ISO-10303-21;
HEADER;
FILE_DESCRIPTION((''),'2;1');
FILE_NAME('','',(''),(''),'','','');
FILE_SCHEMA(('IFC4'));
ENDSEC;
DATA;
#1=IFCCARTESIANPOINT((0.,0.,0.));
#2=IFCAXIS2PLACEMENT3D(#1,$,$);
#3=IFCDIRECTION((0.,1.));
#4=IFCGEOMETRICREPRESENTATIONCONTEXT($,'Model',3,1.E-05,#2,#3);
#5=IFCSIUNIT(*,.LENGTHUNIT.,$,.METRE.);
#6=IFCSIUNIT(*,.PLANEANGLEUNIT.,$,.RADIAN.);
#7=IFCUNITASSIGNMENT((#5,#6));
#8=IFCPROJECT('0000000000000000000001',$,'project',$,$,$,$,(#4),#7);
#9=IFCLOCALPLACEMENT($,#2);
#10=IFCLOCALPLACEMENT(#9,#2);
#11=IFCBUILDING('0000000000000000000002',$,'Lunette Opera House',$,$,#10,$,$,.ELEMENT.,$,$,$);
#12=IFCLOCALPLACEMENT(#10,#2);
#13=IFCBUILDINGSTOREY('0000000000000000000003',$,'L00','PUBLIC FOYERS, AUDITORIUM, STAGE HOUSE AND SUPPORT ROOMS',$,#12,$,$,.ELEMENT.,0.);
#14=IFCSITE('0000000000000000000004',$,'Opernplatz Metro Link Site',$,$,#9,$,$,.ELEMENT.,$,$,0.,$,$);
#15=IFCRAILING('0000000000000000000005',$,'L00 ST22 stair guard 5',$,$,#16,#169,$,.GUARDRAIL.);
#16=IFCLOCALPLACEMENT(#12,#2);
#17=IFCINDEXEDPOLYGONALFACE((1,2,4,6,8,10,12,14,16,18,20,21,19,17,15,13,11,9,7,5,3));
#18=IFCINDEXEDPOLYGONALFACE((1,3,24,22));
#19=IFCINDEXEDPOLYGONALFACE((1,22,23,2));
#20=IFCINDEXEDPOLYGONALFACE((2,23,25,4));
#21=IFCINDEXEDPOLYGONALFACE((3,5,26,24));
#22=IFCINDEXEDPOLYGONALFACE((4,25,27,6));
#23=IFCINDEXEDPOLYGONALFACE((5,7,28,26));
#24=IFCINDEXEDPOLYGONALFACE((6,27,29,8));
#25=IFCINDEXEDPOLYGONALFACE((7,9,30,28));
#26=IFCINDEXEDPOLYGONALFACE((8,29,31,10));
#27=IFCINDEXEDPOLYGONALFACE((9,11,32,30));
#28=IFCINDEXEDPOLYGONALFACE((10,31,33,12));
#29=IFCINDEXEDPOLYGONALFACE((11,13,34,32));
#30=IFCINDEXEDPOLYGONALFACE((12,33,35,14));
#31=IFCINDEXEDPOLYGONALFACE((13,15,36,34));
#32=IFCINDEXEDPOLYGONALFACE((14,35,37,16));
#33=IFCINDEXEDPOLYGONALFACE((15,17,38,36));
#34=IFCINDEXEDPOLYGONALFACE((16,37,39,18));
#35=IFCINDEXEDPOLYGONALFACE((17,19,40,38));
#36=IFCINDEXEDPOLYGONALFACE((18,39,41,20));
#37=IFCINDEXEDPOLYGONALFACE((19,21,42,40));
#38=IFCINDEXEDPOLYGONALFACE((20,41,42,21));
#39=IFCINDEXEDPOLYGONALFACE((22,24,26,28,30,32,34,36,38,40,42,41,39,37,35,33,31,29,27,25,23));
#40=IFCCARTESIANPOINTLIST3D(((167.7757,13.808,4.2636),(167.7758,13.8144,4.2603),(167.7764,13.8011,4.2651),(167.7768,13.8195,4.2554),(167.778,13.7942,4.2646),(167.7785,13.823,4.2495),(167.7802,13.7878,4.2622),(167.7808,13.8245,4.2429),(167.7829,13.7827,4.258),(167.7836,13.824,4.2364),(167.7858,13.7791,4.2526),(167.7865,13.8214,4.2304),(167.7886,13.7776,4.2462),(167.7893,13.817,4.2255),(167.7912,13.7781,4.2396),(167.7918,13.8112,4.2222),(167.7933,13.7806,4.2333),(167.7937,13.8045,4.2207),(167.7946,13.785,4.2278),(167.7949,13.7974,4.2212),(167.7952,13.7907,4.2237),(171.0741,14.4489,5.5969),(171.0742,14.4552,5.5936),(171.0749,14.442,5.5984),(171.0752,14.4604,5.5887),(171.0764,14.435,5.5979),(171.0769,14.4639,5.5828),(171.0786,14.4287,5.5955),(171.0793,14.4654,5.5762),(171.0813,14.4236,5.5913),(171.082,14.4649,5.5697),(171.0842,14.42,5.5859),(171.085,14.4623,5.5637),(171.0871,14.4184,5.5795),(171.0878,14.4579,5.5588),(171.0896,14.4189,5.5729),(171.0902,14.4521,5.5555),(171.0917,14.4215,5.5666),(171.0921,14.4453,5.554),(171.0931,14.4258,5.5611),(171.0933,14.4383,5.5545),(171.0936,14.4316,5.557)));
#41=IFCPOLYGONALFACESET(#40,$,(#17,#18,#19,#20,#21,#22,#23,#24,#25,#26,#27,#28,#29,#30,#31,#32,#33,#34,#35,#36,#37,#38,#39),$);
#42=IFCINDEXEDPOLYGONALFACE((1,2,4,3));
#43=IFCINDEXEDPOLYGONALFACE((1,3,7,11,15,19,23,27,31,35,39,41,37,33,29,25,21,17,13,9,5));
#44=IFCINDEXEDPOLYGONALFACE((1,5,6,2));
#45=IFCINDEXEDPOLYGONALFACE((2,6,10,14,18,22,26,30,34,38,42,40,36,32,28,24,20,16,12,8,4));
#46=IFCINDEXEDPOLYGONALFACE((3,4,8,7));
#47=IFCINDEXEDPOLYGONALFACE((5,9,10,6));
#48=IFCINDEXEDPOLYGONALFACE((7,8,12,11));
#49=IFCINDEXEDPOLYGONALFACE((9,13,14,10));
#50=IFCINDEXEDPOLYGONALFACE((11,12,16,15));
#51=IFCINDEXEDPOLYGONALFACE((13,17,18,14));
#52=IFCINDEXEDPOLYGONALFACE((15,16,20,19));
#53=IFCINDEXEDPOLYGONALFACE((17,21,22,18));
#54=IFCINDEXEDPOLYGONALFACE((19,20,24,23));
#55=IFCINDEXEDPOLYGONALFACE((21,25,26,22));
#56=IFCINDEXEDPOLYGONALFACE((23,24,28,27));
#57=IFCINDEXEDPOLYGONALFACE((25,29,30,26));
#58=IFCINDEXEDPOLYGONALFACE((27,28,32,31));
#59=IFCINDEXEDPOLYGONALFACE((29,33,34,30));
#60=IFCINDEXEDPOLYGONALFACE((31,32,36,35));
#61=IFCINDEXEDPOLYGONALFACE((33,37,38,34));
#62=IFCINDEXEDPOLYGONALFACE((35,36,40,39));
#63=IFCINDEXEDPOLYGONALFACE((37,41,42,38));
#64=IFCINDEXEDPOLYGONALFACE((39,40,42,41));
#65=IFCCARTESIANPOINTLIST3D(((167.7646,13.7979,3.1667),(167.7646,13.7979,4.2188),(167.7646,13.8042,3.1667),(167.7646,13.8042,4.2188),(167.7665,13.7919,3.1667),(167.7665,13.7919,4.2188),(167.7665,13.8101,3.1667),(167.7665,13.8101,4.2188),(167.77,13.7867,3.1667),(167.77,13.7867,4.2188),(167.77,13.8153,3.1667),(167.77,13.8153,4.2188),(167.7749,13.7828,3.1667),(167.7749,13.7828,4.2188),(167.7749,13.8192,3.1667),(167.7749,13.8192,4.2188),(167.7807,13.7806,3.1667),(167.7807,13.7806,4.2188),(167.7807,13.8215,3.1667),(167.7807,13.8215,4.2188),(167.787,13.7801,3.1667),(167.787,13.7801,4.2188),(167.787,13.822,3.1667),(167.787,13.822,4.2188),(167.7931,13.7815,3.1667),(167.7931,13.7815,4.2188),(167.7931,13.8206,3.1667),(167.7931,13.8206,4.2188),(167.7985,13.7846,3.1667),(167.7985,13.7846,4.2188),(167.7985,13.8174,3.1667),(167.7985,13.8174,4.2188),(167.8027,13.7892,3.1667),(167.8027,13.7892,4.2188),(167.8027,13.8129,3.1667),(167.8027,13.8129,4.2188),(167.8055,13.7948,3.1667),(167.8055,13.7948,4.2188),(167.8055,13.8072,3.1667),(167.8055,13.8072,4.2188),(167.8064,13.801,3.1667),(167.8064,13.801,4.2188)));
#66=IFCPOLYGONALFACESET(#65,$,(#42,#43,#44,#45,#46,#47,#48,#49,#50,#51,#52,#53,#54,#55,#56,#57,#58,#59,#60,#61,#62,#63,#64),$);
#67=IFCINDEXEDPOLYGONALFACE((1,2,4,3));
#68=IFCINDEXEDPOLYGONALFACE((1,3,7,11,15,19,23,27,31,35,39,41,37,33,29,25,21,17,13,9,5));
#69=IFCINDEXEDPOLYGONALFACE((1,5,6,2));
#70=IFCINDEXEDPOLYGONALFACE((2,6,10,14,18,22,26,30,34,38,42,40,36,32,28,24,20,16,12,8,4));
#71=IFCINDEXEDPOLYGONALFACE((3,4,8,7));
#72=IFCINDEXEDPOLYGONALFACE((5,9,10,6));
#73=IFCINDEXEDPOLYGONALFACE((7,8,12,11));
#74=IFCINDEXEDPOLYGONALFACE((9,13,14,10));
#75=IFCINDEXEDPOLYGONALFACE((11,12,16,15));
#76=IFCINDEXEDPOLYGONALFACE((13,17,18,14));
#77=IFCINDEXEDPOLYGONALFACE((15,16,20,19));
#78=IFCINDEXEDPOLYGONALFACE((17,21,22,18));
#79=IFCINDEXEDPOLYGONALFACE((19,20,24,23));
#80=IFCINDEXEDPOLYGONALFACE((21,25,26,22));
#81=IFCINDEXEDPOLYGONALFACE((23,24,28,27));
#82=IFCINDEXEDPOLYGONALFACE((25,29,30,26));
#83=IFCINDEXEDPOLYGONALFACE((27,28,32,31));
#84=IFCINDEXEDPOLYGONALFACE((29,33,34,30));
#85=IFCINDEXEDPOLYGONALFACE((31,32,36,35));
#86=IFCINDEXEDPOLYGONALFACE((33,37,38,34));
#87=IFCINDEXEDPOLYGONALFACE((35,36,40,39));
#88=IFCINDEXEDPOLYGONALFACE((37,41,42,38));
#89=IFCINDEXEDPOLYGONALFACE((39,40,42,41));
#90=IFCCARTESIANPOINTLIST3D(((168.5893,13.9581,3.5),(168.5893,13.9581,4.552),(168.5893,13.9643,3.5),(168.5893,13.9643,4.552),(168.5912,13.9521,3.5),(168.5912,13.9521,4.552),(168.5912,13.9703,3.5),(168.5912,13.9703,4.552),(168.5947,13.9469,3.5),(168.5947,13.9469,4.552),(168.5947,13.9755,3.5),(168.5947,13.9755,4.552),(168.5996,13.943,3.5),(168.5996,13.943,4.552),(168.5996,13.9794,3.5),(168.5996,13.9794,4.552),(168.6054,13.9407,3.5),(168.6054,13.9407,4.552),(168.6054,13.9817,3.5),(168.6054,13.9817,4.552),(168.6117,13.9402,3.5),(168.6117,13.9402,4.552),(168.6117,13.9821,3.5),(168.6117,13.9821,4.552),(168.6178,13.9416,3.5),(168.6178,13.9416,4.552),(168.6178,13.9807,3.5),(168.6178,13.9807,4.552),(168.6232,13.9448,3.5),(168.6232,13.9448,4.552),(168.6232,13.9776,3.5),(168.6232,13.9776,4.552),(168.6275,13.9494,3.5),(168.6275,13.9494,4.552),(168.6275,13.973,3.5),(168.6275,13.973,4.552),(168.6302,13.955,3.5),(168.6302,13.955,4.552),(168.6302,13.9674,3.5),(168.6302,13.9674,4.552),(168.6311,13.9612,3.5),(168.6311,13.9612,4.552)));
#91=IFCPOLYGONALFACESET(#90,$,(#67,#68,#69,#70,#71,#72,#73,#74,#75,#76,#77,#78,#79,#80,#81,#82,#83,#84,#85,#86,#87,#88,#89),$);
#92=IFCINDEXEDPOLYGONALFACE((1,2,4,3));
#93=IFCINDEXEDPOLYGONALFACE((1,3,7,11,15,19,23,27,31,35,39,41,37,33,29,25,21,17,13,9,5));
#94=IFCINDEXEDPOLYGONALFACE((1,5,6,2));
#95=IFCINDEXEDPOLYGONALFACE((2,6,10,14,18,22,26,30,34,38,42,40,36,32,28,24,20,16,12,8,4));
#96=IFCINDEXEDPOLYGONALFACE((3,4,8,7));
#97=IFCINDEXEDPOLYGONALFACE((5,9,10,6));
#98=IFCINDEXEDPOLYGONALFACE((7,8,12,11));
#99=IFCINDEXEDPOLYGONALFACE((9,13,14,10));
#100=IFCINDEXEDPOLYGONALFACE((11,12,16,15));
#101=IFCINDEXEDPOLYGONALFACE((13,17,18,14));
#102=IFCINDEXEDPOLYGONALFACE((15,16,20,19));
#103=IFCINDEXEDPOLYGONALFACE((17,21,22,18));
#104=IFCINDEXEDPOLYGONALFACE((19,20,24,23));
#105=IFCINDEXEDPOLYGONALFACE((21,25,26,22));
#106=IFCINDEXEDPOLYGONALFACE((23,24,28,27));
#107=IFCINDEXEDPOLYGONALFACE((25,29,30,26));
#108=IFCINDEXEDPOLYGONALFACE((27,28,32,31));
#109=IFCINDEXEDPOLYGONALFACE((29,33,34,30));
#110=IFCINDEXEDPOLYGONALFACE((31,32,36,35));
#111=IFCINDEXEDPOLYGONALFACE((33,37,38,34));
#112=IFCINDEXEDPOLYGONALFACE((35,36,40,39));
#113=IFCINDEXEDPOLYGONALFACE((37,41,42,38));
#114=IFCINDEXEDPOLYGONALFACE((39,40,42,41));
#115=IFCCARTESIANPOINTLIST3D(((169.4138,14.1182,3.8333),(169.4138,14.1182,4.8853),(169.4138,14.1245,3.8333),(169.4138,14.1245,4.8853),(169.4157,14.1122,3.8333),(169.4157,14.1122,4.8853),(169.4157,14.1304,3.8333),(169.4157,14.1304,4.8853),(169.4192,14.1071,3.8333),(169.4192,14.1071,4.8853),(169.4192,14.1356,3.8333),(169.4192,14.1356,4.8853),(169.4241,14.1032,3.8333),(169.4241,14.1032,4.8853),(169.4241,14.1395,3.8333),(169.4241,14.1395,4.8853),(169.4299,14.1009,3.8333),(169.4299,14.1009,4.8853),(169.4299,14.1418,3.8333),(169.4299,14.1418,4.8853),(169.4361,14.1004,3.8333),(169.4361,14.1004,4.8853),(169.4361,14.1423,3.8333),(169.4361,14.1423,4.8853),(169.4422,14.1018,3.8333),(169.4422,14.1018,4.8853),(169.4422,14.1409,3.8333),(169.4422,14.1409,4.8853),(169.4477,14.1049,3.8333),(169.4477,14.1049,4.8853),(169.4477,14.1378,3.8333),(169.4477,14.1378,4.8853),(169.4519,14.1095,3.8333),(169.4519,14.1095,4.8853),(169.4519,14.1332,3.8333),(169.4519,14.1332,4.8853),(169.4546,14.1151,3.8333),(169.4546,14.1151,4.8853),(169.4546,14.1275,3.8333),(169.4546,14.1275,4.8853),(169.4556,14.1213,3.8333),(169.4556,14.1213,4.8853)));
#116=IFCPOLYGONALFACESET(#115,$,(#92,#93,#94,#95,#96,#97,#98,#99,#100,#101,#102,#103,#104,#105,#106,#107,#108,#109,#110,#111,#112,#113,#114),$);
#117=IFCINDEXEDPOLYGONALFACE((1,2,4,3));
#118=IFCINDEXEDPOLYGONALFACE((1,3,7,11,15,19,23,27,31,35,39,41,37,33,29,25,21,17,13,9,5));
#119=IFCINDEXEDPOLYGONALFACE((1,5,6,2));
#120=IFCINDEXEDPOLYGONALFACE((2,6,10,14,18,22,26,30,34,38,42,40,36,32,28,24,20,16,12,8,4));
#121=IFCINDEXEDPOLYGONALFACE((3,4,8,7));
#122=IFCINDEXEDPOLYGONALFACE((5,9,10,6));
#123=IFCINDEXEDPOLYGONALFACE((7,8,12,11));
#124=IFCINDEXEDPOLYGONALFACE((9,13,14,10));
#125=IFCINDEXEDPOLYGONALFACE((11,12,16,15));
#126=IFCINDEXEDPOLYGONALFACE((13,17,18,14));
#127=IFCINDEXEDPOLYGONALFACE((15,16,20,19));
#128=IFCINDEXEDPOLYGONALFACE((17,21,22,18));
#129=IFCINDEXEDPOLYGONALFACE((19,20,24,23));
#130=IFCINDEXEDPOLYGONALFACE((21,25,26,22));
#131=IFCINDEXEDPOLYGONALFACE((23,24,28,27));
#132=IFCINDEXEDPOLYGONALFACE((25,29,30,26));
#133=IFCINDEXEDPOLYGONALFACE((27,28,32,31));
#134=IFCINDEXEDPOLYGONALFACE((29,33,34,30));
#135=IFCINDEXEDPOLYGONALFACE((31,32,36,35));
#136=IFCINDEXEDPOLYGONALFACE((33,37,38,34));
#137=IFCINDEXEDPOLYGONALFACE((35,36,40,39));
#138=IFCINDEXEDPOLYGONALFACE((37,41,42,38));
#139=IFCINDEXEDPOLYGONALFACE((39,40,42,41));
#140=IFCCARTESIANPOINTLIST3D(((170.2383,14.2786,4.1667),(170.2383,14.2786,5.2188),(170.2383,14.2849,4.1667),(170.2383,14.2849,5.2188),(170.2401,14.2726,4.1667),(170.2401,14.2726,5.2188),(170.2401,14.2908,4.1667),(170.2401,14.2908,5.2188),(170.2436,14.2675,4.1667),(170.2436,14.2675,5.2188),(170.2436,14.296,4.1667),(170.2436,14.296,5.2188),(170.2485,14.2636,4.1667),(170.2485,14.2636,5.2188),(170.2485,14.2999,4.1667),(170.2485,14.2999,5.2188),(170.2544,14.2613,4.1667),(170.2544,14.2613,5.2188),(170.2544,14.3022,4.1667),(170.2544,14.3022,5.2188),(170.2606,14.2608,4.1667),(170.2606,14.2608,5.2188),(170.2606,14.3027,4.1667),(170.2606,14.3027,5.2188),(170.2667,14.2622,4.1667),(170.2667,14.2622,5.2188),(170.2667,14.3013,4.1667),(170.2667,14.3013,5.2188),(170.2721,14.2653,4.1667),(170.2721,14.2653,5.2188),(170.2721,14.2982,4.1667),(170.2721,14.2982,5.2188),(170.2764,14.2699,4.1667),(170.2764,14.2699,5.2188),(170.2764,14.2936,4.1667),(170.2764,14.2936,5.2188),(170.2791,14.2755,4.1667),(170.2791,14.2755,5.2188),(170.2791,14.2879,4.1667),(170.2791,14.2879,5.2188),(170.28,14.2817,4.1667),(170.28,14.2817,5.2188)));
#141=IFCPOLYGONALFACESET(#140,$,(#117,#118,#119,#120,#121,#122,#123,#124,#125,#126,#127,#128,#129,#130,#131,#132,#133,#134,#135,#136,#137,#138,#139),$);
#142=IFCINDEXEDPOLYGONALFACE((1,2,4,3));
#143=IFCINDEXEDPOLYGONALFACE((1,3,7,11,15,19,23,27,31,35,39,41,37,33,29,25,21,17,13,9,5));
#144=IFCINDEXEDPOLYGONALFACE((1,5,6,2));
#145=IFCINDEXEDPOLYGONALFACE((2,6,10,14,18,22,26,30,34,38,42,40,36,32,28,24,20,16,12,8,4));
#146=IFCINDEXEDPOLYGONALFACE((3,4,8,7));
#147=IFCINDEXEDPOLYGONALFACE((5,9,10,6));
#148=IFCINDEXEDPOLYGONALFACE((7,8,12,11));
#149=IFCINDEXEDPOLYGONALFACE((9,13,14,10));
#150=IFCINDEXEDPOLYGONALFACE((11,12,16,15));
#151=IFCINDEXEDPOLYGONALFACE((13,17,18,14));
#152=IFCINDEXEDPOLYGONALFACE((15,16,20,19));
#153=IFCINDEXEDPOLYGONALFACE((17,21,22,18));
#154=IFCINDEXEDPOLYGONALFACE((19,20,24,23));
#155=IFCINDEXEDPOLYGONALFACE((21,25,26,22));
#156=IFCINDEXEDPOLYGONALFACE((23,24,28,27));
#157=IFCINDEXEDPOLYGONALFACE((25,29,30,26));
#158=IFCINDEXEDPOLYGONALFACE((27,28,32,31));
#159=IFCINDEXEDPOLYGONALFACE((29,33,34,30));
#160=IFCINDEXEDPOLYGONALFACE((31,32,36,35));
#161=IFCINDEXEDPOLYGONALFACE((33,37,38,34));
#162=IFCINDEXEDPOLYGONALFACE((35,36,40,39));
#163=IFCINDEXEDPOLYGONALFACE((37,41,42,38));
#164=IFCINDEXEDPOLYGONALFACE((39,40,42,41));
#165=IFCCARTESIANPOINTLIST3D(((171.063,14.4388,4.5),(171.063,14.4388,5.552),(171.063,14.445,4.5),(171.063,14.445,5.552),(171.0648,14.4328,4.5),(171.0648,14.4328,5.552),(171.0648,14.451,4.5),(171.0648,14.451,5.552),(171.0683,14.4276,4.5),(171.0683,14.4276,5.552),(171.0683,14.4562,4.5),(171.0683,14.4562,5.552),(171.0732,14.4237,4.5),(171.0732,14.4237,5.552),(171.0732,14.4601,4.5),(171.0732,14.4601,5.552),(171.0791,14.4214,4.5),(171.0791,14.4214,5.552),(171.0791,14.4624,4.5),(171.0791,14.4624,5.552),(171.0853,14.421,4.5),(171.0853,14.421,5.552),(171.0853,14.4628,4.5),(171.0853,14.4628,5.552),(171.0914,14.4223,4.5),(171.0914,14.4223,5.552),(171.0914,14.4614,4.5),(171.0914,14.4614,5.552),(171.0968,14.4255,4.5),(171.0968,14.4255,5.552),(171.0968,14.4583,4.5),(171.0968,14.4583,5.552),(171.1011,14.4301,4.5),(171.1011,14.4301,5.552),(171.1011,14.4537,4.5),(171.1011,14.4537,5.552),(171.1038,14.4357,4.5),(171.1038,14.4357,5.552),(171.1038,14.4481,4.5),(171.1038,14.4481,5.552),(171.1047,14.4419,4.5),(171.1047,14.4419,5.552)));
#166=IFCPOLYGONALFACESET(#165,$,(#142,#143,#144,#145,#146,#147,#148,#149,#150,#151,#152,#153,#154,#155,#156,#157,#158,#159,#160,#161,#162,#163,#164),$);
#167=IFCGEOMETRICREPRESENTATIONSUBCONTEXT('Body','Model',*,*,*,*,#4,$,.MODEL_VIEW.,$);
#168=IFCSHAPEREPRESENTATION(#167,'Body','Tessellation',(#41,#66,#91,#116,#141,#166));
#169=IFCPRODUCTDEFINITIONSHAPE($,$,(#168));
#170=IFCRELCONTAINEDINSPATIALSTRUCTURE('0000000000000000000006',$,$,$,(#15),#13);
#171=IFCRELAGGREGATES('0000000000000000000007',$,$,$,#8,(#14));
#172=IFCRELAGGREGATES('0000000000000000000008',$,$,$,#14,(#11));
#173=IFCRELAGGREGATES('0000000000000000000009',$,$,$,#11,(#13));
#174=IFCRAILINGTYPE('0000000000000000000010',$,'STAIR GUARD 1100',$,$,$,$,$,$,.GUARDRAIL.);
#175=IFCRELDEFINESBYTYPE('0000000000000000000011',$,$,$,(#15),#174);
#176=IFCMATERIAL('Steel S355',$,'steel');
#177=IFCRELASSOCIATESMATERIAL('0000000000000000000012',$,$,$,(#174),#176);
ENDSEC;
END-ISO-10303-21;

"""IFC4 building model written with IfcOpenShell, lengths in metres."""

from ifc_helpers import new_model, si_unit, direction, frame, origin, origin_2d, place, context, subcontext, project, spatial, circle, extrude, material, type_object, element, save


model = new_model("IFC4")

# Units and contexts
model_context = context("Model", 3, precision=1e-05, world=origin(), true_north=direction((0.0, 1.0)))
body_context = subcontext(model_context, "Body", "Model", "MODEL_VIEW")
ifc_project = project(units=[si_unit("LENGTHUNIT", "METRE"), si_unit("PLANEANGLEUNIT", "RADIAN")], contexts=[model_context])

# Site, building, storey
site_placement = place(None, origin())
site = spatial("IfcSite", under=ifc_project, at=site_placement, Name="Opernplatz Metro Link Site", CompositionType="ELEMENT", RefElevation=0.0)
building_placement = place(site_placement, origin())
building = spatial("IfcBuilding", under=site, at=building_placement, Name="Lunette Opera House", CompositionType="ELEMENT")
storey_placement = place(building_placement, origin())
storey = spatial("IfcBuildingStorey", under=building, at=storey_placement, Name="L00", Description="PUBLIC FOYERS, AUDITORIUM, STAGE HOUSE AND SUPPORT ROOMS", CompositionType="ELEMENT", Elevation=0.0)

# Railing
ifc_material_1 = material(Name="Steel S355", Category="steel")
railing_type_1 = type_object("IfcRailingType", Name="STAIR GUARD 1100", PredefinedType="GUARDRAIL", material=ifc_material_1)
railing_1_placement = place(storey_placement, frame((167.7854, 13.801, 3.1667)))
element("IfcRailing", 1, at=railing_1_placement, inside=storey, type_object=railing_type_1, Name="L00 ST22 stair guard 5", PredefinedType="GUARDRAIL", context=body_context, shape_type="SweptSolid", body=[
    extrude(circle(Radius=0.0239, at=origin_2d()), frame((0.0, 0.0, 1.0762), z_axis=(0.912435, 0.177287, 0.368824), x_axis=(-0.190734, 0.981642, 0.0)), (0.0, 0.0, 1.0), 3.615),
    extrude(circle(Radius=0.021, at=origin_2d()), origin(), (0.0, 0.0, 1.0), 1.052),
    extrude(circle(Radius=0.021, at=origin_2d()), frame((0.8247, 0.1602, 0.3333)), (0.0, 0.0, 1.0), 1.052),
    extrude(circle(Radius=0.021, at=origin_2d()), frame((1.6492, 0.3203, 0.6665)), (0.0, 0.0, 1.0), 1.052),
    extrude(circle(Radius=0.021, at=origin_2d()), frame((2.4736, 0.4807, 1.0)), (0.0, 0.0, 1.0), 1.052),
    extrude(circle(Radius=0.021, at=origin_2d()), frame((3.2983, 0.6409, 1.3333)), (0.0, 0.0, 1.0), 1.052),
])

save(model, "model.ifc")
